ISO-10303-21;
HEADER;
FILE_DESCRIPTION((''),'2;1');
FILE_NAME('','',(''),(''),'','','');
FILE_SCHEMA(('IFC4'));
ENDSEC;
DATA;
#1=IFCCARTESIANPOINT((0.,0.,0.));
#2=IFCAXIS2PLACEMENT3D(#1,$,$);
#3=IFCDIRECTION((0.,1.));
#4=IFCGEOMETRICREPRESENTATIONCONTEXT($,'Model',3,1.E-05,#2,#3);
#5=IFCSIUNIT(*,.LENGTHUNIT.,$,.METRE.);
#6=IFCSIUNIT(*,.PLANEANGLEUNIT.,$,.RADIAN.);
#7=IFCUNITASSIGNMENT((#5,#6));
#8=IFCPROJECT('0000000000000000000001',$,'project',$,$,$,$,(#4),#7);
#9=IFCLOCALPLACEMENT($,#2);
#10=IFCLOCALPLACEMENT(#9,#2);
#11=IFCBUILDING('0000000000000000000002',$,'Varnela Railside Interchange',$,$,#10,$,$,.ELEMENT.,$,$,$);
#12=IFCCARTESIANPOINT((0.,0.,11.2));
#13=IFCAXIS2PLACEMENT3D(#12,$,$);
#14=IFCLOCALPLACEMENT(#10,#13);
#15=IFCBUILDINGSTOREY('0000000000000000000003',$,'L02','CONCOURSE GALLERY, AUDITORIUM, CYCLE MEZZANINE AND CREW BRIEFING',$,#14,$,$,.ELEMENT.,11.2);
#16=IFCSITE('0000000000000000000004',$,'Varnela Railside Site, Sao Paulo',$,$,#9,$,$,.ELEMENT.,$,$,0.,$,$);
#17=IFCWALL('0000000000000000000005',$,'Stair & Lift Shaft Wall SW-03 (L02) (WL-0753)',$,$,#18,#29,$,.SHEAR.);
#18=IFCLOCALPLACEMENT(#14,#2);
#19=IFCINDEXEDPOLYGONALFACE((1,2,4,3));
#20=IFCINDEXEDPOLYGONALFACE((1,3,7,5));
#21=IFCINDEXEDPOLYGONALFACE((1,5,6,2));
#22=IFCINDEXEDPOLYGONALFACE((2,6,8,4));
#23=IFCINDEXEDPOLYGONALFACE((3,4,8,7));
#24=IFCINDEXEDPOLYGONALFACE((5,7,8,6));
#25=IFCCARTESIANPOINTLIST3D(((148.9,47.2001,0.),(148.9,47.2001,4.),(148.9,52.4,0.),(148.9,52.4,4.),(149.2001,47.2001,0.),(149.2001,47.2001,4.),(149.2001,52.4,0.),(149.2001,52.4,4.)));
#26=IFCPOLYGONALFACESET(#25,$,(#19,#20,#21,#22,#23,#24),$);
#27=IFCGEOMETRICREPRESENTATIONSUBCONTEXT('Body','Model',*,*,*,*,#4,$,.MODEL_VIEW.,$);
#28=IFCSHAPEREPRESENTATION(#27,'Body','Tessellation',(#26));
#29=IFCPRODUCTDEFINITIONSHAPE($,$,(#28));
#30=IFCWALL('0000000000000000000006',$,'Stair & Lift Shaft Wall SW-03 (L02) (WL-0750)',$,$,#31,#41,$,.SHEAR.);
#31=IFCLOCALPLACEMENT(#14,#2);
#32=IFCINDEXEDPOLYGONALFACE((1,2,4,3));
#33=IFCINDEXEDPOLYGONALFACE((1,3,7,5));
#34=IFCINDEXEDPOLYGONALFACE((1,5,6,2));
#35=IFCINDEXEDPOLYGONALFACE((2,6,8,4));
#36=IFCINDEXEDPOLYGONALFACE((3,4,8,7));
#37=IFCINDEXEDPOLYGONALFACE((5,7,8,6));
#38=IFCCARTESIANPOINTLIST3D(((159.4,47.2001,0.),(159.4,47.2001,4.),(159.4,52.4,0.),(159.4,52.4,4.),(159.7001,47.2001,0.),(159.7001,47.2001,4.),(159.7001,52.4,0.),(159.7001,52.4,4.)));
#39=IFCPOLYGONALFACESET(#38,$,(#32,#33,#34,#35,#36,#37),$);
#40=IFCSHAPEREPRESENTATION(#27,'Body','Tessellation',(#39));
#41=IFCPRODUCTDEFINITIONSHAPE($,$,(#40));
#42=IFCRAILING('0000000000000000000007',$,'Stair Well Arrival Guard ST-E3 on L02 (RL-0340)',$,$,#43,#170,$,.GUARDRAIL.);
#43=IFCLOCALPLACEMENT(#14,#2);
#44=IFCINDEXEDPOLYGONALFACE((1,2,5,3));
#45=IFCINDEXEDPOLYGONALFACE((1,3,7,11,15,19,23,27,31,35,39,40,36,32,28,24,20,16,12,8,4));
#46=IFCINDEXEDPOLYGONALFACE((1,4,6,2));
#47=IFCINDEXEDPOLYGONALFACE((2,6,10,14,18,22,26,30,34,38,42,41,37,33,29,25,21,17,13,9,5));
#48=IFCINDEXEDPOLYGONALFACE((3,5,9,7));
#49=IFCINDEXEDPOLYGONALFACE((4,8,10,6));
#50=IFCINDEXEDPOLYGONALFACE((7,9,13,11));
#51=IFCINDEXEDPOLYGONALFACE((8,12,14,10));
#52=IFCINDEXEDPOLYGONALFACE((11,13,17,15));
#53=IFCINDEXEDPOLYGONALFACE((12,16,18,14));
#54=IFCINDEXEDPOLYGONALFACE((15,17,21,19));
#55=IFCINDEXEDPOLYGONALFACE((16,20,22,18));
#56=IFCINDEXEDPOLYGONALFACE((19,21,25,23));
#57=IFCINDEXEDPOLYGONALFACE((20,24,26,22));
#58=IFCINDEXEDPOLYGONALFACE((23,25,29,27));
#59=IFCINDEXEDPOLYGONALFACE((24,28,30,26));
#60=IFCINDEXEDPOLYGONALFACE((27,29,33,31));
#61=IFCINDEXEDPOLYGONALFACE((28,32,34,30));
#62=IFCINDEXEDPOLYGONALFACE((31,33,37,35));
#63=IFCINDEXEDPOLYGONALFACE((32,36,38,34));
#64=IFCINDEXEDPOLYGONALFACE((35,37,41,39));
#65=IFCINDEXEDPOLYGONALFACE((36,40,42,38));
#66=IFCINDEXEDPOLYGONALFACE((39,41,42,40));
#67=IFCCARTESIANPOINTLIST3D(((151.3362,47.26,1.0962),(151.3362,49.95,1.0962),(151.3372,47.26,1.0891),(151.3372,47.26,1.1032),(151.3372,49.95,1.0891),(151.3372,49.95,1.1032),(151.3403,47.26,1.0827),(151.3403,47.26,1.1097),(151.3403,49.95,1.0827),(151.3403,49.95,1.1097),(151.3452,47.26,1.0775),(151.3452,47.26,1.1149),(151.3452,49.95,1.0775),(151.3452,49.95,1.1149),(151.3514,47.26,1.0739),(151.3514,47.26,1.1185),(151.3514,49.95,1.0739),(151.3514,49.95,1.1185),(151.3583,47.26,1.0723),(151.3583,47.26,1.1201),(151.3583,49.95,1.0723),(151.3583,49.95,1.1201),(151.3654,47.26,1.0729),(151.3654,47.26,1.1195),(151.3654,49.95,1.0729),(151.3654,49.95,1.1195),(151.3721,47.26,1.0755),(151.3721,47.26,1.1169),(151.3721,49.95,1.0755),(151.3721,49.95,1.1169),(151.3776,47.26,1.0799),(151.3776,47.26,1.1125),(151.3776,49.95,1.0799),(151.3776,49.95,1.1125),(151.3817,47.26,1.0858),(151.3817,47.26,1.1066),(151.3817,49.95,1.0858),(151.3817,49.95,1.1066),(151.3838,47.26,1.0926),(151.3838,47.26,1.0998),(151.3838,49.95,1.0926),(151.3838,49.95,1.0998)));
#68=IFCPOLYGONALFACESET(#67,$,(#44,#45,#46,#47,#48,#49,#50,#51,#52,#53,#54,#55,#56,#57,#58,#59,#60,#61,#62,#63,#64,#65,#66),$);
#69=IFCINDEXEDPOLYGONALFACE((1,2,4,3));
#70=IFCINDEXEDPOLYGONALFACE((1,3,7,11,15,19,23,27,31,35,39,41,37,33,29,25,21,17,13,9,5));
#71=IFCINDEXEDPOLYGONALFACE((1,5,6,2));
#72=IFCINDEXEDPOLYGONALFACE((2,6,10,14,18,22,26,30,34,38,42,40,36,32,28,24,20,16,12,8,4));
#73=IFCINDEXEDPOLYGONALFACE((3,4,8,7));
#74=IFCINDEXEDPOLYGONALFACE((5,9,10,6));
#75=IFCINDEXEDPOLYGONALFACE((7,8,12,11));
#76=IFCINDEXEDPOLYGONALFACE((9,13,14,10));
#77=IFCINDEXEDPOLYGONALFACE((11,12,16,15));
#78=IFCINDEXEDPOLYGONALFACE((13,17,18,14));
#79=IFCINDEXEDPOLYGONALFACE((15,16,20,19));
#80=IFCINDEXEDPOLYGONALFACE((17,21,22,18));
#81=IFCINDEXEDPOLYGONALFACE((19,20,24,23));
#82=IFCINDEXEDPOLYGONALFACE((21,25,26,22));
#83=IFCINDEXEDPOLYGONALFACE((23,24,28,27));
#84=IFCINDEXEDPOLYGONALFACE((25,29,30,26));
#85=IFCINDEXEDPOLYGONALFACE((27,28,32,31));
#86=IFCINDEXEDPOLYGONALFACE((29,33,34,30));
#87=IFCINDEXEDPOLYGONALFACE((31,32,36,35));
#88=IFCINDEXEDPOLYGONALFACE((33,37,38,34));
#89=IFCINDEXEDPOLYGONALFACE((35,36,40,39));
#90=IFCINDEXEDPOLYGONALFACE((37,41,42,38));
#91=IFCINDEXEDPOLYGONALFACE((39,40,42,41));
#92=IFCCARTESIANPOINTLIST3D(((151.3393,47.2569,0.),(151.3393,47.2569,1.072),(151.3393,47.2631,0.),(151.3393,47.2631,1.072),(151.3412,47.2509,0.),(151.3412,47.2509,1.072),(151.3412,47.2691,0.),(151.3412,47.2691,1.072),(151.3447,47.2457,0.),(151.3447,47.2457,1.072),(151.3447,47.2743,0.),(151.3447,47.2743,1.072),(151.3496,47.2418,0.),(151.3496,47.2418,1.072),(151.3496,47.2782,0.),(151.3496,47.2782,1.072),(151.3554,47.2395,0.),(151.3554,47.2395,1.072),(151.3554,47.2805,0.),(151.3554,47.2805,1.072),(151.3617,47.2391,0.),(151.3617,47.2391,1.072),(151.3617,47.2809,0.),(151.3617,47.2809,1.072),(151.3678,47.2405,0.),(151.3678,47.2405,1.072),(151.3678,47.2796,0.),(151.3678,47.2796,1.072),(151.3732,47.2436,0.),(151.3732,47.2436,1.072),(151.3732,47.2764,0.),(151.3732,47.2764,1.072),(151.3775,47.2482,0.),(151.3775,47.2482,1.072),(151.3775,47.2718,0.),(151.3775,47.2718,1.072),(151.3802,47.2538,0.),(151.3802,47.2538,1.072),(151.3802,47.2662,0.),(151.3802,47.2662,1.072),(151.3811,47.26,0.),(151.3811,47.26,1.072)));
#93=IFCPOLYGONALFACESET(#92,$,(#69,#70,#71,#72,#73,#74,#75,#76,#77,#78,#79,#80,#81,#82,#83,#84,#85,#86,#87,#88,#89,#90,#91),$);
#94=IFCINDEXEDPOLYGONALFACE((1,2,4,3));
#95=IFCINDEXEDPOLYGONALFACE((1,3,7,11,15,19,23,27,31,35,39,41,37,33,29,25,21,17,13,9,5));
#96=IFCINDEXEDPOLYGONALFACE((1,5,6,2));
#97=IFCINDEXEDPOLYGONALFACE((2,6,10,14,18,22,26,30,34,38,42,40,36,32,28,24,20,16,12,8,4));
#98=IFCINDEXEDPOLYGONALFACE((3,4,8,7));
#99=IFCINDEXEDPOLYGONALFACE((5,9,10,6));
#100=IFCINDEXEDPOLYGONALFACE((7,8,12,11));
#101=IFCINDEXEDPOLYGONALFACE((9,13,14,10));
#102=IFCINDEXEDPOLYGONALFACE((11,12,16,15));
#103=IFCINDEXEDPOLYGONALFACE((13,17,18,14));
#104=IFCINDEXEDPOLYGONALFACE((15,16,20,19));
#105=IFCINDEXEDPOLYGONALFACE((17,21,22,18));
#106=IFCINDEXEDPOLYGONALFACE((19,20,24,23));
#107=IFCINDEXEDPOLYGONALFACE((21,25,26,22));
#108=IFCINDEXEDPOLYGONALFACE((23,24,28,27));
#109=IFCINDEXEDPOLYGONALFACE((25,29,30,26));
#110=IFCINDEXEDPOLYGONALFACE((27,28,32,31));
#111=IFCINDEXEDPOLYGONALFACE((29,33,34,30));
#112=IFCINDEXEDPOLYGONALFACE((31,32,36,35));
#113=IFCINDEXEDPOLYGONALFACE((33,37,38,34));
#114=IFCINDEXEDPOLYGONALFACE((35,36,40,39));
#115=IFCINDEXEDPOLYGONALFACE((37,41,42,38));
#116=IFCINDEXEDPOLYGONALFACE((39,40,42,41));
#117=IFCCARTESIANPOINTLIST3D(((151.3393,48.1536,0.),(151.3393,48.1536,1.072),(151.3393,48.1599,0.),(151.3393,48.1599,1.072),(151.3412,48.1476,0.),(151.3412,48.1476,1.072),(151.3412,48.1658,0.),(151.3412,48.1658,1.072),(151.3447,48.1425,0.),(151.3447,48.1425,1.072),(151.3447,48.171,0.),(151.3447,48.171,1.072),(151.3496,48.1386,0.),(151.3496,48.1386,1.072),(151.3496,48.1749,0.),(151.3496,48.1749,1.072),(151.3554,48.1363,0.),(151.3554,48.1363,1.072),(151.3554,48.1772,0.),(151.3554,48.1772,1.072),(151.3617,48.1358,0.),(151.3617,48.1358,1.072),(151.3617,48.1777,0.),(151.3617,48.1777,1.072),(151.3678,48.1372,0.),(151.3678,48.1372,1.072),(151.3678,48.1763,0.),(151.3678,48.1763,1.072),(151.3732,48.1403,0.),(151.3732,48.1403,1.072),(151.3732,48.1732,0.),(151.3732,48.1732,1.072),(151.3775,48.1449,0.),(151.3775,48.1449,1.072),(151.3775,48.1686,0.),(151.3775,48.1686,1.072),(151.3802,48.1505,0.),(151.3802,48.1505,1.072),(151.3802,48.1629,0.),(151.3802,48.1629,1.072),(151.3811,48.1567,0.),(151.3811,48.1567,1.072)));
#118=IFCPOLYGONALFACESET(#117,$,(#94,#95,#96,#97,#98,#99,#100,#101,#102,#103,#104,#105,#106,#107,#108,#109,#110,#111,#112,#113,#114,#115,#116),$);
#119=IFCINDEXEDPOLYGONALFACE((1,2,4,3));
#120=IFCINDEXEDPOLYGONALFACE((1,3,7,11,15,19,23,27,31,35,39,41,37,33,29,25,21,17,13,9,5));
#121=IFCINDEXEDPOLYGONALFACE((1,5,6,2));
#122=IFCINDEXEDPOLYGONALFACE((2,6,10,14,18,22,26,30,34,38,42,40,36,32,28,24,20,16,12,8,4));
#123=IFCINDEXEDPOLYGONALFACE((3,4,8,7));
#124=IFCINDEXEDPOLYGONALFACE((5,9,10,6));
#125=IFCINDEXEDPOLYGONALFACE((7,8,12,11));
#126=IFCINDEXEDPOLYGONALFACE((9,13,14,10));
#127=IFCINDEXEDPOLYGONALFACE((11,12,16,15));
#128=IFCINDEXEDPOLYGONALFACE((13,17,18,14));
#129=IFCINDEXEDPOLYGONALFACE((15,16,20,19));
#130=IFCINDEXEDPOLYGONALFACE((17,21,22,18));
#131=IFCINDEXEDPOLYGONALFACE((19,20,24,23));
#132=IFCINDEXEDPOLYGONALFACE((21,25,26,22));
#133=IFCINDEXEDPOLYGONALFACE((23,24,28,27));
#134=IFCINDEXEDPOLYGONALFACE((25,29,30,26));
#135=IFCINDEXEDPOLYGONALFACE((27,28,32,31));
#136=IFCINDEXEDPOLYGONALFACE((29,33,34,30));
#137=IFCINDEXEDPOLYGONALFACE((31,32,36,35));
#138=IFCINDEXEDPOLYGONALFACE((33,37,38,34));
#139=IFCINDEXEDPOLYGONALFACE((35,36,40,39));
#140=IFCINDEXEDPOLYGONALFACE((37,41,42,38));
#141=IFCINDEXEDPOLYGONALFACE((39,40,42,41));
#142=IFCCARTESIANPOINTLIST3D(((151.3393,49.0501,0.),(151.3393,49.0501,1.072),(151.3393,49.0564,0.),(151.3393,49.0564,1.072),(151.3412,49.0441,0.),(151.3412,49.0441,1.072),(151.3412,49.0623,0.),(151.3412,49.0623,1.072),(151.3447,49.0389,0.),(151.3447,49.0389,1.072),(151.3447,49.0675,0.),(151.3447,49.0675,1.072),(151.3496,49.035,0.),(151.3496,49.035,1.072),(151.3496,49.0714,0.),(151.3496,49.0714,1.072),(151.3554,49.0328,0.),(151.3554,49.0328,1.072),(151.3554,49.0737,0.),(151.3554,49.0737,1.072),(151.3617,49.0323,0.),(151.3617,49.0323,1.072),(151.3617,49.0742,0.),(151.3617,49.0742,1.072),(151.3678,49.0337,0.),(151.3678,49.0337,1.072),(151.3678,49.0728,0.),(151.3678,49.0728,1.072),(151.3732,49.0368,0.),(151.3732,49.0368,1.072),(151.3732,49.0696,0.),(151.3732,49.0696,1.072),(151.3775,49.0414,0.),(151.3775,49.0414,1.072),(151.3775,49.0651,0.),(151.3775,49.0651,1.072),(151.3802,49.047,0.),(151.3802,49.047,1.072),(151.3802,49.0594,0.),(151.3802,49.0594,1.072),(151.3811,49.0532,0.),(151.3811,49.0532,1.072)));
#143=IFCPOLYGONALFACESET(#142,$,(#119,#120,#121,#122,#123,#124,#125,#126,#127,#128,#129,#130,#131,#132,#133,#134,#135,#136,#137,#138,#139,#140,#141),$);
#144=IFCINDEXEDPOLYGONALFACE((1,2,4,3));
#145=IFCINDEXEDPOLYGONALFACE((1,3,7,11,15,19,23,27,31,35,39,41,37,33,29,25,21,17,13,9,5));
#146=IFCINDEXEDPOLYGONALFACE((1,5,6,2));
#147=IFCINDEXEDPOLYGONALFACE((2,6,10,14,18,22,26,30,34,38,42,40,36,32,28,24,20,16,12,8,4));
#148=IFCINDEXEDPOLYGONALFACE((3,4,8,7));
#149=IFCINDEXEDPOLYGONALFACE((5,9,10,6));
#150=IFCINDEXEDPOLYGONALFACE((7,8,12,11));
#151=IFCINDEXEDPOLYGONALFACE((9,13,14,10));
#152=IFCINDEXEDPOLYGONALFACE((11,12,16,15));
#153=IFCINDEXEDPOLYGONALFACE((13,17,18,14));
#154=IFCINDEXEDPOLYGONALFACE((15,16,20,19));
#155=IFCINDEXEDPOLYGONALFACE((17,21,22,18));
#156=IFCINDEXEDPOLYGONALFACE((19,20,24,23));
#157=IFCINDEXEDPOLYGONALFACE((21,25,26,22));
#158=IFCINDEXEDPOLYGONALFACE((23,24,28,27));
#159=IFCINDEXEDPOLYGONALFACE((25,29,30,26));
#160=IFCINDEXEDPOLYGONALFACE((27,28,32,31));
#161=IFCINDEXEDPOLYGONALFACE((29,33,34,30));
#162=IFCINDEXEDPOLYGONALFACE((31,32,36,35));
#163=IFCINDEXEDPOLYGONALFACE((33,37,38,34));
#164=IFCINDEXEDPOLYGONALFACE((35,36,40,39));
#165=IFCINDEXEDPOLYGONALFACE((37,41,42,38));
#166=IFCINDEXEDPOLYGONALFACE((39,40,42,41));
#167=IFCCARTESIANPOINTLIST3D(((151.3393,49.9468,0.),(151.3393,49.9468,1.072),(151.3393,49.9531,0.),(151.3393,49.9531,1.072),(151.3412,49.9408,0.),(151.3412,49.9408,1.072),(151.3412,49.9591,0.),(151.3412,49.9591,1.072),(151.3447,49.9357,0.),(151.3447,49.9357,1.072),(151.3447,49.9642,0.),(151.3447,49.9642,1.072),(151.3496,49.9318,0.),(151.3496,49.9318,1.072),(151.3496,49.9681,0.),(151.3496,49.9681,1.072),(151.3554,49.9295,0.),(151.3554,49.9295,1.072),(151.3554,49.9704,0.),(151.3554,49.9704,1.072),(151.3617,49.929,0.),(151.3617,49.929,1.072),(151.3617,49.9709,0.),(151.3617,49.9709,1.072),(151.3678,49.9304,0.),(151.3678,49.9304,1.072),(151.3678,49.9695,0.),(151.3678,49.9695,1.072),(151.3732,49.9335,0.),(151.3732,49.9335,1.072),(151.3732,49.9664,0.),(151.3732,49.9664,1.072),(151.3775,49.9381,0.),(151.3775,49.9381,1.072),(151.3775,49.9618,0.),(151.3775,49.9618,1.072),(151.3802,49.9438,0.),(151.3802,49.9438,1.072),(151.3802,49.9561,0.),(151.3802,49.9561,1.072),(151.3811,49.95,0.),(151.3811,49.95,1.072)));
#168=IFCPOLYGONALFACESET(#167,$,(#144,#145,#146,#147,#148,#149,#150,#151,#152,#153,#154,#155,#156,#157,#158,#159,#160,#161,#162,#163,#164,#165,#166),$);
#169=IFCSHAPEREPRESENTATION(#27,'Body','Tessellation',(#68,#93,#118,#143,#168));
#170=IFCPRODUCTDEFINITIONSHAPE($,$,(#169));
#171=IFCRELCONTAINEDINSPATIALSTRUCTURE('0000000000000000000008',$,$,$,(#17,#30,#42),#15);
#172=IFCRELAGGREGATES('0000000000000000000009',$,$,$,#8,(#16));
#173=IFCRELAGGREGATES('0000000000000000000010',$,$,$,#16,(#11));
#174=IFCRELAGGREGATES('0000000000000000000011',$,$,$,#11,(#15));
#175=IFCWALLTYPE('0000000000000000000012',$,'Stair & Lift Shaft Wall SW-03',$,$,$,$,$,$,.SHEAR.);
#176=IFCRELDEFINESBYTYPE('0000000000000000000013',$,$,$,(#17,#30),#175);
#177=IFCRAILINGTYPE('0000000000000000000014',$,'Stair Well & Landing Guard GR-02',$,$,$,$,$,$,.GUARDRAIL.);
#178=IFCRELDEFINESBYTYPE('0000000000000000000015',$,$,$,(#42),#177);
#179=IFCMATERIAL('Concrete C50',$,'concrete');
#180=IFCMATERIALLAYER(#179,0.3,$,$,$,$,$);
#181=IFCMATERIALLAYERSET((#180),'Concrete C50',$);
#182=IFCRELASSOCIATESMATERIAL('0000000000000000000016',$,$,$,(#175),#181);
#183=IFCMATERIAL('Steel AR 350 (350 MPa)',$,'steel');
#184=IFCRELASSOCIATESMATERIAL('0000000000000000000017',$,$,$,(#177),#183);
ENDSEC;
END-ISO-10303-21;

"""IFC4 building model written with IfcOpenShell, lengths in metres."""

from ifc_helpers import new_model, si_unit, direction, frame, frame_2d, origin, origin_2d, place, context, subcontext, project, spatial, rectangle, circle, extrude, material, layer, layer_set, type_object, element, save


model = new_model("IFC4")

# Units and contexts
model_context = context("Model", 3, precision=1e-05, world=origin(), true_north=direction((0.0, 1.0)))
body_context = subcontext(model_context, "Body", "Model", "MODEL_VIEW")
ifc_project = project(units=[si_unit("LENGTHUNIT", "METRE"), si_unit("PLANEANGLEUNIT", "RADIAN")], contexts=[model_context])

# Site, building, storey
site_placement = place(None, origin())
site = spatial("IfcSite", under=ifc_project, at=site_placement, Name="Varnela Railside Site, Sao Paulo", CompositionType="ELEMENT", RefElevation=0.0)
building_placement = place(site_placement, origin())
building = spatial("IfcBuilding", under=site, at=building_placement, Name="Varnela Railside Interchange", CompositionType="ELEMENT")
storey_placement = place(building_placement, frame((0.0, 0.0, 11.2)))
storey = spatial("IfcBuildingStorey", under=building, at=storey_placement, Name="L02", Description="CONCOURSE GALLERY, AUDITORIUM, CYCLE MEZZANINE AND CREW BRIEFING", CompositionType="ELEMENT", Elevation=11.2)

# Shared definitions
ifc_material_1 = material(Name="Concrete C50", Category="concrete")

# Shared definitions
ifc_material_2 = material(Name="Steel AR 350 (350 MPa)", Category="steel")

# Shared definitions
ifc_layer_1 = layer(ifc_material_1, 0.3)
ifc_layer_set_1 = layer_set([ifc_layer_1], Name="Concrete C50")
wall_type = type_object("IfcWallType", Name="Stair & Lift Shaft Wall SW-03", PredefinedType="SHEAR", material=ifc_layer_set_1)

# Walls
for number, where, z_axis, x_axis, name in (
    (1, (149.05, 47.2, 0.0), (0.0, 0.0, 1.0), (0.0, 1.0, 0.0), "Stair & Lift Shaft Wall SW-03 (L02) (WL-0753)"),
    (2, (159.55, 47.2, 0.0), (0.0, 0.0, 1.0), (0.0, 1.0, 0.0), "Stair & Lift Shaft Wall SW-03 (L02) (WL-0750)"),
):
    element("IfcWall", number, at=place(storey_placement, frame(where, z_axis=z_axis, x_axis=x_axis)), inside=storey, type_object=wall_type, Name=name, PredefinedType="SHEAR", context=body_context, shape_type="SweptSolid", body=[
        extrude(rectangle(XDim=5.2, YDim=0.3, at=frame_2d((2.6001, 0.0))), origin(), (0.0, 0.0, 1.0), 4.0),
    ])

# Railing
railing_type = type_object("IfcRailingType", Name="Stair Well & Landing Guard GR-02", PredefinedType="GUARDRAIL", material=ifc_material_2)
railing_placement = place(storey_placement, frame((151.3601, 47.26, 0.0)))
element("IfcRailing", 3, at=railing_placement, inside=storey, type_object=railing_type, Name="Stair Well Arrival Guard ST-E3 on L02 (RL-0340)", PredefinedType="GUARDRAIL", context=body_context, shape_type="SweptSolid", body=[
    extrude(circle(Radius=0.0239, at=origin_2d()), frame((0.0, 0.0, 1.0962), z_axis=(0.0, 1.0, 0.0), x_axis=(-1.0, 0.0, 0.0)), (0.0, 0.0, 1.0), 2.6899),
    extrude(circle(Radius=0.021, at=origin_2d()), origin(), (0.0, 0.0, 1.0), 1.072),
    extrude(circle(Radius=0.021, at=origin_2d()), frame((0.0, 0.8967, 0.0)), (0.0, 0.0, 1.0), 1.072),
    extrude(circle(Radius=0.021, at=origin_2d()), frame((0.0, 1.7932, 0.0)), (0.0, 0.0, 1.0), 1.072),
    extrude(circle(Radius=0.021, at=origin_2d()), frame((0.0, 2.6899, 0.0)), (0.0, 0.0, 1.0), 1.072),
])

save(model, "model.ifc")
